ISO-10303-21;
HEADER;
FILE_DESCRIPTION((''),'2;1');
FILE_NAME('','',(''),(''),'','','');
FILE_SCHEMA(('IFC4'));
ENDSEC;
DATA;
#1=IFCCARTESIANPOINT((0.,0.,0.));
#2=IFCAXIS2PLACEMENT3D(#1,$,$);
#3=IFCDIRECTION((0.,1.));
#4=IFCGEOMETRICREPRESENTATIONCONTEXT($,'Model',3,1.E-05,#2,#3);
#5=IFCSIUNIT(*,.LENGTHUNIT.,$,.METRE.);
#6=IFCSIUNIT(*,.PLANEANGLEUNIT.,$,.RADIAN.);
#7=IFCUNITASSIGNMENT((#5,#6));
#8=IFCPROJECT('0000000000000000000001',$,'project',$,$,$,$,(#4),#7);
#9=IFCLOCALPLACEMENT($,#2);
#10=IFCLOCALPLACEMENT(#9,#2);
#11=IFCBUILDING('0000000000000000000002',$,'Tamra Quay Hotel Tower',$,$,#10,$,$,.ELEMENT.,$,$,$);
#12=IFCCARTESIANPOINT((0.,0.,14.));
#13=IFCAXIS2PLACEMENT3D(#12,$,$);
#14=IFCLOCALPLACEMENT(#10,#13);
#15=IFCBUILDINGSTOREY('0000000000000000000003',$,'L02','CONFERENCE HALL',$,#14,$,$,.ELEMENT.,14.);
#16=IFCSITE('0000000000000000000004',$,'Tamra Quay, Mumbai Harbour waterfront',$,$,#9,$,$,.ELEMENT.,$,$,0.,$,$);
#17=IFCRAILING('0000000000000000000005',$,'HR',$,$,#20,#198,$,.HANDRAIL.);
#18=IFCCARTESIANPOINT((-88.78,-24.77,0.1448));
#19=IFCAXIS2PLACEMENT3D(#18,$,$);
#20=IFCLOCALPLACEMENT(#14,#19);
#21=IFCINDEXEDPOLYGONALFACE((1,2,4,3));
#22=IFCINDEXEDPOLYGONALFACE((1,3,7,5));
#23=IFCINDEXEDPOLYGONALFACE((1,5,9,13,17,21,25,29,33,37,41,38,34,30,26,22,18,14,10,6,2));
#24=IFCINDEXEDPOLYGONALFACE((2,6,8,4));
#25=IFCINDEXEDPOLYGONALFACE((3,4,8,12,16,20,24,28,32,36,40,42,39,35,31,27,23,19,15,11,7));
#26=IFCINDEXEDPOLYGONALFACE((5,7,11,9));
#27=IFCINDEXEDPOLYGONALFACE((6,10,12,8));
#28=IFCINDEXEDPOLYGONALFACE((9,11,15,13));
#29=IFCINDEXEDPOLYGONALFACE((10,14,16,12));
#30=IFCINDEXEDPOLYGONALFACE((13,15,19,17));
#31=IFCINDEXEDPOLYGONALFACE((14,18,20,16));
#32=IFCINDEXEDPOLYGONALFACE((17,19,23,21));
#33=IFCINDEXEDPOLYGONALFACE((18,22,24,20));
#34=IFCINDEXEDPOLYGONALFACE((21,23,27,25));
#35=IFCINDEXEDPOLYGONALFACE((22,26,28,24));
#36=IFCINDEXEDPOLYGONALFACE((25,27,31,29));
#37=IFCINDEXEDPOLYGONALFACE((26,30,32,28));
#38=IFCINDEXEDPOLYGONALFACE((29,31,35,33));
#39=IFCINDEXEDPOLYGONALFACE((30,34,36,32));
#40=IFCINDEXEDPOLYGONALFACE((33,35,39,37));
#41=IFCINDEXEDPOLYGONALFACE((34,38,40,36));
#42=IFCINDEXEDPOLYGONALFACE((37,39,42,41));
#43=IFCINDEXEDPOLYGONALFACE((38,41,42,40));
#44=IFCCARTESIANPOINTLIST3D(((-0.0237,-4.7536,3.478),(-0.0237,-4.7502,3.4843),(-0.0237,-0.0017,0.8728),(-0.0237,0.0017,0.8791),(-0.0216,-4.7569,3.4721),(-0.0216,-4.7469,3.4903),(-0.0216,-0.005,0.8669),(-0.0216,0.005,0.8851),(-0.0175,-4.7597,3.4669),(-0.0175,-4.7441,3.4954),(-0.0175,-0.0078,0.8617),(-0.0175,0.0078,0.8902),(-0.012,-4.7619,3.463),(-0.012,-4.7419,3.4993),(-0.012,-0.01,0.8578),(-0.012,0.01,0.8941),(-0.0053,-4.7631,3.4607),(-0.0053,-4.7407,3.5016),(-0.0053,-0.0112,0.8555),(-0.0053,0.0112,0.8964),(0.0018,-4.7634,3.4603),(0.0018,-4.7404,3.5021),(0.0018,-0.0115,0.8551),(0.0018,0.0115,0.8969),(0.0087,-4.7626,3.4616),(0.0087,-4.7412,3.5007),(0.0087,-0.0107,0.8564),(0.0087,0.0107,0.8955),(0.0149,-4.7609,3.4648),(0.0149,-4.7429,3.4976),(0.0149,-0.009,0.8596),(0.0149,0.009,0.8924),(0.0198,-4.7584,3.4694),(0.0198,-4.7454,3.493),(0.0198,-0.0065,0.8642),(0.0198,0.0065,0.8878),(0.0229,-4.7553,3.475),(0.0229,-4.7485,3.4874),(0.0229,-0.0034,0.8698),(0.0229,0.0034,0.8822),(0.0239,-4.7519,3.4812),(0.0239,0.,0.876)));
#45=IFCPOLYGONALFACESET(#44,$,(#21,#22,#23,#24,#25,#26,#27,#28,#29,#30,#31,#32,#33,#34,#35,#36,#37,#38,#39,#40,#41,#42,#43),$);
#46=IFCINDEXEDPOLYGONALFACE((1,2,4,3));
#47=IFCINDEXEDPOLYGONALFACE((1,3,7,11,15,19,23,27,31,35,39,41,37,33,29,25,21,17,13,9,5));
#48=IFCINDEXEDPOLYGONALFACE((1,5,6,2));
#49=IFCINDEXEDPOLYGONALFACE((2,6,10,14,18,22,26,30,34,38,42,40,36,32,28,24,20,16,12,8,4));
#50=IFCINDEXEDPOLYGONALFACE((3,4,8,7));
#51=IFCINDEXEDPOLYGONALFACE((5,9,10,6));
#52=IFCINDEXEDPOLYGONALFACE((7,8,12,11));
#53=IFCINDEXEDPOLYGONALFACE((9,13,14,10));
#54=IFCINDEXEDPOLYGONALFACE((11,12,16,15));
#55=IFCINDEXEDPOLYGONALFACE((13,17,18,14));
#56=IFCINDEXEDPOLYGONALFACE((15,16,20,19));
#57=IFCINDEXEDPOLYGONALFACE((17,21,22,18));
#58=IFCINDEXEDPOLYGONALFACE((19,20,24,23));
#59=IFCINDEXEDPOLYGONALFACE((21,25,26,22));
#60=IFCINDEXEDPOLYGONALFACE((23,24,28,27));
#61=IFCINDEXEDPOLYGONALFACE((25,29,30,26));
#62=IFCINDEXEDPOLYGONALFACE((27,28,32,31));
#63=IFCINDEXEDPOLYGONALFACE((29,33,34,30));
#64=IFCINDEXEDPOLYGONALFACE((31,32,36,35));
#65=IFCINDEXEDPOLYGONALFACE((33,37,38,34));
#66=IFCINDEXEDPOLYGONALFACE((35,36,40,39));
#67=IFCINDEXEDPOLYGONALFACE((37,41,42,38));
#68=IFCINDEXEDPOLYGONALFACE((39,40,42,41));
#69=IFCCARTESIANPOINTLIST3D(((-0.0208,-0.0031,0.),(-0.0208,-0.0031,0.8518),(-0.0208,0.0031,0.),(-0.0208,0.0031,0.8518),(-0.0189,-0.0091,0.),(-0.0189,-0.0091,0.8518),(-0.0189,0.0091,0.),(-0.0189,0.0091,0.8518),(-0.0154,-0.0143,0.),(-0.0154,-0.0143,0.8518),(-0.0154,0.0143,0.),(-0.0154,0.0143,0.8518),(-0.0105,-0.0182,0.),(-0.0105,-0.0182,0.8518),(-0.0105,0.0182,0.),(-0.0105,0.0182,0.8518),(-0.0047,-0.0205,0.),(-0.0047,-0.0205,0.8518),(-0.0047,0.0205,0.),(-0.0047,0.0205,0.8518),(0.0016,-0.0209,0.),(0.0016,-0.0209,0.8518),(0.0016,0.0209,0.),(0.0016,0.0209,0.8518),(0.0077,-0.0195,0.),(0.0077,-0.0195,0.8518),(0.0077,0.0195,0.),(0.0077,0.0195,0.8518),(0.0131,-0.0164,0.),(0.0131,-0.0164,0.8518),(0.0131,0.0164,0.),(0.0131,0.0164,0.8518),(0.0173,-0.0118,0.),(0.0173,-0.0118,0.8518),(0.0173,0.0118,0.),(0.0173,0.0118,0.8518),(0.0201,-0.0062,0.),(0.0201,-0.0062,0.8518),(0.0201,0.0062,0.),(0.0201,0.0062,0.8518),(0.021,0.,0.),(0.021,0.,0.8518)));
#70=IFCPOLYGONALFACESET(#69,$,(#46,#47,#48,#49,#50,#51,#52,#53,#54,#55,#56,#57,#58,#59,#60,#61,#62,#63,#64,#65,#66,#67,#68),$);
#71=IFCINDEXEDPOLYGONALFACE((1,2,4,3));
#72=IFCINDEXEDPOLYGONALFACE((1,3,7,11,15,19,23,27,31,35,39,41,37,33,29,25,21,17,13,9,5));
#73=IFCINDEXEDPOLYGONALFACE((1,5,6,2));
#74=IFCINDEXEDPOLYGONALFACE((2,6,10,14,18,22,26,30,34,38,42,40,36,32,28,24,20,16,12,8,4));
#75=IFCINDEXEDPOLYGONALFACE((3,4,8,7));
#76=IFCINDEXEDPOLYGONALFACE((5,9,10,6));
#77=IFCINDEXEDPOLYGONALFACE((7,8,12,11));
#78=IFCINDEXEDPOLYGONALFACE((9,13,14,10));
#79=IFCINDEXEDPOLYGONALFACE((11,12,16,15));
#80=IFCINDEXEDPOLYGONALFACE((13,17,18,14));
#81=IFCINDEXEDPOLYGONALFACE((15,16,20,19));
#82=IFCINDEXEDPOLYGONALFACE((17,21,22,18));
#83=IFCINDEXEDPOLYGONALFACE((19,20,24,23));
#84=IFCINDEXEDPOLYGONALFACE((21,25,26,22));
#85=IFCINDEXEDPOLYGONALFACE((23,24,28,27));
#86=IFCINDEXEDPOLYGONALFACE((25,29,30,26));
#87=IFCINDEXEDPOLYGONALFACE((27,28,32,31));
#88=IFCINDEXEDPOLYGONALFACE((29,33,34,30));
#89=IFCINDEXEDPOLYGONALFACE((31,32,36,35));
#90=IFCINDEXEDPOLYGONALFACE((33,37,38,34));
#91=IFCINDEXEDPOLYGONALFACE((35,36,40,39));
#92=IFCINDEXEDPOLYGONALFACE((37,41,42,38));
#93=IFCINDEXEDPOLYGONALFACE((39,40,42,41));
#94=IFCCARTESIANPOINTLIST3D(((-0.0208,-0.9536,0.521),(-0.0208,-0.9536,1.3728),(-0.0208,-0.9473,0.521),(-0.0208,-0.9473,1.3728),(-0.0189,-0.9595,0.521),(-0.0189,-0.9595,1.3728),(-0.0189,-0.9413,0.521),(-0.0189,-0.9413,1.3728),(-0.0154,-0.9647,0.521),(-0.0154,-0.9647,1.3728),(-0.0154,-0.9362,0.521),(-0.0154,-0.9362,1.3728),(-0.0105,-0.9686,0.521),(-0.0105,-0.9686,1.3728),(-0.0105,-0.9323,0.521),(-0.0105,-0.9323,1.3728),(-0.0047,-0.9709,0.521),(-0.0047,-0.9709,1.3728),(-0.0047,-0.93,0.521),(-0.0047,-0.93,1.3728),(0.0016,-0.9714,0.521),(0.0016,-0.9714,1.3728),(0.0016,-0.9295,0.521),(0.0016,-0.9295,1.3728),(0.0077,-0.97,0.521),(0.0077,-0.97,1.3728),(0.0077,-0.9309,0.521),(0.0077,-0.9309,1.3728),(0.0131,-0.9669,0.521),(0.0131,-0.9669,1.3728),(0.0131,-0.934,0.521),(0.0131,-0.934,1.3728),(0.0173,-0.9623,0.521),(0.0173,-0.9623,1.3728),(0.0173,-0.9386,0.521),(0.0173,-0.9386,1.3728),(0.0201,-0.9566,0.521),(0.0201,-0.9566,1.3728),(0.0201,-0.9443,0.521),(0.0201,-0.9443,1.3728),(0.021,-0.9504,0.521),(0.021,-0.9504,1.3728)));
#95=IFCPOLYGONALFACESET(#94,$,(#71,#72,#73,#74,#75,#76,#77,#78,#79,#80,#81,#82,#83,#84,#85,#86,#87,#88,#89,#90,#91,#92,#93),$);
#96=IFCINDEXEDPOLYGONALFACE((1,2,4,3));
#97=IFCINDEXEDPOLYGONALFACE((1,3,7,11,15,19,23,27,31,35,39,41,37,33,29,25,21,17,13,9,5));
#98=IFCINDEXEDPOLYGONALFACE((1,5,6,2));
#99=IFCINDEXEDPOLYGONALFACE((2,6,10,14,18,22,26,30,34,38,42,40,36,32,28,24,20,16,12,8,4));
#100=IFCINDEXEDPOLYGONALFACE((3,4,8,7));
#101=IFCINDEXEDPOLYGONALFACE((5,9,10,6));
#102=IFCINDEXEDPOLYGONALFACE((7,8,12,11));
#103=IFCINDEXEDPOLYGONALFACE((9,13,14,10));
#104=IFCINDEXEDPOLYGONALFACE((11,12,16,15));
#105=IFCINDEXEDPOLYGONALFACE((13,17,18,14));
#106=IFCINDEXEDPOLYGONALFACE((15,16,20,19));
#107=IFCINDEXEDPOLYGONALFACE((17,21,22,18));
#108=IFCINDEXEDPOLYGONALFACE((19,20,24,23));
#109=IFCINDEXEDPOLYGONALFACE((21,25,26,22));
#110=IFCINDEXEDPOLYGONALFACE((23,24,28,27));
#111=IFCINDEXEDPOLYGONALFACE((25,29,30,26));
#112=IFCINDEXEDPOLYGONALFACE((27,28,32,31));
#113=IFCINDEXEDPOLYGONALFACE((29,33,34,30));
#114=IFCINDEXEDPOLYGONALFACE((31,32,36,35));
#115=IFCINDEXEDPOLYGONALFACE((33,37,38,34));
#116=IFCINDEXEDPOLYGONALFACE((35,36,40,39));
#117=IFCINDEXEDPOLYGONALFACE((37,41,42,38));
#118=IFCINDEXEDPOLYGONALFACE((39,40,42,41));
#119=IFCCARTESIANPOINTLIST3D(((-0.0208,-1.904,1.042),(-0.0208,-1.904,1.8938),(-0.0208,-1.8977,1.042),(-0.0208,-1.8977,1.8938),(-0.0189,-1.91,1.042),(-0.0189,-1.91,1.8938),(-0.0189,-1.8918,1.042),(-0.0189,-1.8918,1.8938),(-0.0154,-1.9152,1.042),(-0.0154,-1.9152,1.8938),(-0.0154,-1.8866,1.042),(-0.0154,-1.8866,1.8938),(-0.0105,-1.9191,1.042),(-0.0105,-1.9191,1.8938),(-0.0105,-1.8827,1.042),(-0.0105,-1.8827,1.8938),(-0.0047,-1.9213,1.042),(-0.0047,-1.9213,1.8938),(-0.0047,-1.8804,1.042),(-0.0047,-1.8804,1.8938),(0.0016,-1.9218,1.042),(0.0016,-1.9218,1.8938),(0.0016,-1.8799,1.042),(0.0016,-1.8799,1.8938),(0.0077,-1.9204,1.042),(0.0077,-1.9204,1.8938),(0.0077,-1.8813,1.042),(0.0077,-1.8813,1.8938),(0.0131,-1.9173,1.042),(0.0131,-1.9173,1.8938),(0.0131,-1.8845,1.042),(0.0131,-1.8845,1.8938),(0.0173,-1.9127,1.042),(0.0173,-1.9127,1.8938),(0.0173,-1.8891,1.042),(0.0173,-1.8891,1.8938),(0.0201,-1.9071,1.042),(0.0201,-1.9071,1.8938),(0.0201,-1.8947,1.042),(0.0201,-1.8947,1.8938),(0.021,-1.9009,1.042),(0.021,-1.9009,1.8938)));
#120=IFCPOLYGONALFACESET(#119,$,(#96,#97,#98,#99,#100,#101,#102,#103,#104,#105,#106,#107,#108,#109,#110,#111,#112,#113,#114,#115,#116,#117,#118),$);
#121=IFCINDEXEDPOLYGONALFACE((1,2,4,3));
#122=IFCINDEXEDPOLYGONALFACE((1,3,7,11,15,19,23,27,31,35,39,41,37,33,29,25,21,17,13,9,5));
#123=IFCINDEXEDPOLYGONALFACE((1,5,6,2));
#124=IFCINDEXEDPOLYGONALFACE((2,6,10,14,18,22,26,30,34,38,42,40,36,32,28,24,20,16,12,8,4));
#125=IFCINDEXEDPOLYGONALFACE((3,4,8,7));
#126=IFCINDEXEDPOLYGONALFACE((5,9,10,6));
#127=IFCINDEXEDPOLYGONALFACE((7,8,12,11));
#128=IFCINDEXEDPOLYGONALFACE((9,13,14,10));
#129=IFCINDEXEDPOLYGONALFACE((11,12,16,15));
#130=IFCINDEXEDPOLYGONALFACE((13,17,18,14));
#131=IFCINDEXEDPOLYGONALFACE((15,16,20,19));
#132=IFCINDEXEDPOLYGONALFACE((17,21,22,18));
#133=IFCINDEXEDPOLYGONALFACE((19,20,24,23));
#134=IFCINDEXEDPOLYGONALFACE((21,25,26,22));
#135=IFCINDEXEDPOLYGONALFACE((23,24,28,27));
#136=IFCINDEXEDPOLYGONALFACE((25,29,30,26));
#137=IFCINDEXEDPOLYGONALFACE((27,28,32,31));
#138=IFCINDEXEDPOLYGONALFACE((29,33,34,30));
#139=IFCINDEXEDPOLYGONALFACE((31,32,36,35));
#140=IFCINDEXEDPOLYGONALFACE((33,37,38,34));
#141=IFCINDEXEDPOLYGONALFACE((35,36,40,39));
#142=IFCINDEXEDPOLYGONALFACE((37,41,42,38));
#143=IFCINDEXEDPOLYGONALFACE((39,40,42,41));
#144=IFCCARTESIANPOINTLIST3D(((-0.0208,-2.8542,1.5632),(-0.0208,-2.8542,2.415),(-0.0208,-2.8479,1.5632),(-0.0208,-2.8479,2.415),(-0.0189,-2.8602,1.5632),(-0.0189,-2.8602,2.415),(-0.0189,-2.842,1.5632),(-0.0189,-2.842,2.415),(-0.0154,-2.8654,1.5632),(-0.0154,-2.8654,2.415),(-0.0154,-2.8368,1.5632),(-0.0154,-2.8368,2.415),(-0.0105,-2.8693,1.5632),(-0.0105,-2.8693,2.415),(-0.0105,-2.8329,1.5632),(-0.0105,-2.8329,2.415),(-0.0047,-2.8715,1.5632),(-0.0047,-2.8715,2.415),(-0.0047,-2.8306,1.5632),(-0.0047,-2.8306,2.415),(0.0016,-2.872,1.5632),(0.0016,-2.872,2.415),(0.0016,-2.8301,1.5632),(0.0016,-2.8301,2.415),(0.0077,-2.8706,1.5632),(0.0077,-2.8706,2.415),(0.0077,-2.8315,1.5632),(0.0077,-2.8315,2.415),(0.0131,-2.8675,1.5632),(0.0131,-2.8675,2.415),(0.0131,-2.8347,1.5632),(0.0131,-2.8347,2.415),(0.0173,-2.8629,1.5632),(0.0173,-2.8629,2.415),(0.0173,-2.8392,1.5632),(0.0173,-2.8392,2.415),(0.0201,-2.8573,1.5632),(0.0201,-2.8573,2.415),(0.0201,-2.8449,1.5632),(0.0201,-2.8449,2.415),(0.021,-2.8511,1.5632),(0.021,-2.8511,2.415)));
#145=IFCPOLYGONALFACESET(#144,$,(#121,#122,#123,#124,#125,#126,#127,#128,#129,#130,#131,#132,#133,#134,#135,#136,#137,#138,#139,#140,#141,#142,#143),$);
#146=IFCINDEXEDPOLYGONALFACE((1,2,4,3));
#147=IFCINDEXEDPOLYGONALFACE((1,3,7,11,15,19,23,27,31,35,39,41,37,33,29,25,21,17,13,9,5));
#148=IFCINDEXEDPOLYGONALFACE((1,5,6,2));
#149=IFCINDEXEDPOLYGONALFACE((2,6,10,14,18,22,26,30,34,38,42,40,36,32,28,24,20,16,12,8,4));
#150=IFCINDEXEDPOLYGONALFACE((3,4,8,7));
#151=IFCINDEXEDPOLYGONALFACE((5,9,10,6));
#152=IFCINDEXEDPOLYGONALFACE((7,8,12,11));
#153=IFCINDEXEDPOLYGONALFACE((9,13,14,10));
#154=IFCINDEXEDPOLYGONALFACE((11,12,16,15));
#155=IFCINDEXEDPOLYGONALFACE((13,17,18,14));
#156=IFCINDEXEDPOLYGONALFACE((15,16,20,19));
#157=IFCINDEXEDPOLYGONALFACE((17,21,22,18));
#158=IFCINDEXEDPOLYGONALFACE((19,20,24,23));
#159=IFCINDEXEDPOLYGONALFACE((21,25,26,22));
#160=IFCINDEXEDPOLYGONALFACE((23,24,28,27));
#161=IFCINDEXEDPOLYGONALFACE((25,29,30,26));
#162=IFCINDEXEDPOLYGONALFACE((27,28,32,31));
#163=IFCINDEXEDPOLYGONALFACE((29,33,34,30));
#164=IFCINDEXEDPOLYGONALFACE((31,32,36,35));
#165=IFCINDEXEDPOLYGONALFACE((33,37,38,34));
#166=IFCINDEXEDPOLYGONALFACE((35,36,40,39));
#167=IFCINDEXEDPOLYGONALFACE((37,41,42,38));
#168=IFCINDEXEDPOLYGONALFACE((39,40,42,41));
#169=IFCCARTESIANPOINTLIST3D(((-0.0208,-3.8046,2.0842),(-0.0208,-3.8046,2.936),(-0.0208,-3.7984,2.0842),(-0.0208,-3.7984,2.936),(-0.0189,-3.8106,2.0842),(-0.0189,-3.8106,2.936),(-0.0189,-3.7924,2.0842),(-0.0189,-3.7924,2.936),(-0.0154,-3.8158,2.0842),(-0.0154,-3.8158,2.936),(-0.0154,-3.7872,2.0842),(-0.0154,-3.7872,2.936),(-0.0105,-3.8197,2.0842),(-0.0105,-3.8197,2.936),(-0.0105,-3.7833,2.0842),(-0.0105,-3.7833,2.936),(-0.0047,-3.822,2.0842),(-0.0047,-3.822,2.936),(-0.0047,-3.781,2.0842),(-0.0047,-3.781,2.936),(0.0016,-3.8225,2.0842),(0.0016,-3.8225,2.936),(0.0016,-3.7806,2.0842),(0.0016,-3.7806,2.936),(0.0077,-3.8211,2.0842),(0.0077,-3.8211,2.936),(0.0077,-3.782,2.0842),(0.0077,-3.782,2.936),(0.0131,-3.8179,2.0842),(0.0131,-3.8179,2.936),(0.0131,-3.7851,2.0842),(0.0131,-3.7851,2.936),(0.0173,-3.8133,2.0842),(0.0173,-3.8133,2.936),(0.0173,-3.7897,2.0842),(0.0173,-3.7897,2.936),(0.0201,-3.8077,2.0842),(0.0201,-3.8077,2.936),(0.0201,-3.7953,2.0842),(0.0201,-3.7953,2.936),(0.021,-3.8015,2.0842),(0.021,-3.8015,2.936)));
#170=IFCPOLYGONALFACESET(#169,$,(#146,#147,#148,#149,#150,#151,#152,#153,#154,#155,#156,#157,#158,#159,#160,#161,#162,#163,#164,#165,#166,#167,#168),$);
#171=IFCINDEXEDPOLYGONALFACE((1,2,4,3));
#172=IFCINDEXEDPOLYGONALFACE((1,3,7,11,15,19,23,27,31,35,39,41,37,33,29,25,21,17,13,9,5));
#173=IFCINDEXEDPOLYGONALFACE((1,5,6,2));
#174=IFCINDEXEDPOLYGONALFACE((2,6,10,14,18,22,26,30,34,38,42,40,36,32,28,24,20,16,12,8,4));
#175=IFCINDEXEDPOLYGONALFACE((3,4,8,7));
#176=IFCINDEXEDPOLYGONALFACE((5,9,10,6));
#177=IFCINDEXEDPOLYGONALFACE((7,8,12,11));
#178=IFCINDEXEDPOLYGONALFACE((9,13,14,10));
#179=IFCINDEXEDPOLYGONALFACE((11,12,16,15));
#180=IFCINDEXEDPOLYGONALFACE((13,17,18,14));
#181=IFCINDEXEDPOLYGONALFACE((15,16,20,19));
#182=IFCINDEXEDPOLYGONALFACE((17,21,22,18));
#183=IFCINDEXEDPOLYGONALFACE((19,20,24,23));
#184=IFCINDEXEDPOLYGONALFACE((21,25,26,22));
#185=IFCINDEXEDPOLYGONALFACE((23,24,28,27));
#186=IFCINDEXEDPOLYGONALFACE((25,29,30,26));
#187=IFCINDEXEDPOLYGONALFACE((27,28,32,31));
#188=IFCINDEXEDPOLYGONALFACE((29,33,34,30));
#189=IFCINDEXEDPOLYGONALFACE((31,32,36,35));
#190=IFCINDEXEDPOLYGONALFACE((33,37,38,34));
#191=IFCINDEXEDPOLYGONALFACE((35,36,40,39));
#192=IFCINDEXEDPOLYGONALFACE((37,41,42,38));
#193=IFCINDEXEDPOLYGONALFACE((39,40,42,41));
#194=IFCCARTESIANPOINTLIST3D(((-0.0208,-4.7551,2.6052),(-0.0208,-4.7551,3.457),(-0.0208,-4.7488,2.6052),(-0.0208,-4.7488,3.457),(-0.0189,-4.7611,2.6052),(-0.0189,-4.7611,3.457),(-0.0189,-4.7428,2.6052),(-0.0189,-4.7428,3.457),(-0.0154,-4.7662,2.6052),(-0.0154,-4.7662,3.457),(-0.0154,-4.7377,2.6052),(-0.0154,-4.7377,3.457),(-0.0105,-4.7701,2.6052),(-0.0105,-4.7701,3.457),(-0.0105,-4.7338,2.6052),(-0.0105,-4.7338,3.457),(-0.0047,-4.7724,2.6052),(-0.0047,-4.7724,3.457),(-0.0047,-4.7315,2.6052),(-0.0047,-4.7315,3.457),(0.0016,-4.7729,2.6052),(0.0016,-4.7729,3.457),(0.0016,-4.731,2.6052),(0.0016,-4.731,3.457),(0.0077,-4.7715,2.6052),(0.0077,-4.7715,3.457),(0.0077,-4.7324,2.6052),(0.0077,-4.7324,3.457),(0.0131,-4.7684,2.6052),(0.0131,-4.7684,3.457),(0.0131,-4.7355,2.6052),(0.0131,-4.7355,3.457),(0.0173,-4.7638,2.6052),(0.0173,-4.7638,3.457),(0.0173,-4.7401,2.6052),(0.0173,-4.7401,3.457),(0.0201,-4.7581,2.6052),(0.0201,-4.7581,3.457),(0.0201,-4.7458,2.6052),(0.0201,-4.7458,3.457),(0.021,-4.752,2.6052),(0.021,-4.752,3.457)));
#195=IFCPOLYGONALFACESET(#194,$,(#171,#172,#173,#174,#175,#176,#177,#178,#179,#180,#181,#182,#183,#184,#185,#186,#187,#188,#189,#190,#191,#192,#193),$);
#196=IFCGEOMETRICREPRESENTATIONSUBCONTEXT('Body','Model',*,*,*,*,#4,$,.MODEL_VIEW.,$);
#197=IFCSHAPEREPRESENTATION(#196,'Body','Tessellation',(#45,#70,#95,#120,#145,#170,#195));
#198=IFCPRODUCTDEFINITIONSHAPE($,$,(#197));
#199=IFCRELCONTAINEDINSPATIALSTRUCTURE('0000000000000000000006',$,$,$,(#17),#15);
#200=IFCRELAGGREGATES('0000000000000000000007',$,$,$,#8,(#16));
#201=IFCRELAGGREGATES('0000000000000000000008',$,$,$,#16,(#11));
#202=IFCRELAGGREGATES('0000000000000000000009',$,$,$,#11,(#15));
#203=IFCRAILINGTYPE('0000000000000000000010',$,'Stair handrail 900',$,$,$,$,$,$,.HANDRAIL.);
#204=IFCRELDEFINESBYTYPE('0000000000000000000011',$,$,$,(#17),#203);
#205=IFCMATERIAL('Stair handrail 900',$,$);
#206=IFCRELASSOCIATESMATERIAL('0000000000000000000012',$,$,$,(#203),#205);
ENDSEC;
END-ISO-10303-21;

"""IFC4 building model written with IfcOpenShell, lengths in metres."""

from ifc_helpers import new_model, si_unit, direction, frame, origin, origin_2d, place, context, subcontext, project, spatial, circle, extrude, material, type_object, element, save


model = new_model("IFC4")

# Units and contexts
model_context = context("Model", 3, precision=1e-05, world=origin(), true_north=direction((0.0, 1.0)))
body_context = subcontext(model_context, "Body", "Model", "MODEL_VIEW")
ifc_project = project(units=[si_unit("LENGTHUNIT", "METRE"), si_unit("PLANEANGLEUNIT", "RADIAN")], contexts=[model_context])

# Site, building, storey
site_placement = place(None, origin())
site = spatial("IfcSite", under=ifc_project, at=site_placement, Name="Tamra Quay, Mumbai Harbour waterfront", CompositionType="ELEMENT", RefElevation=0.0)
building_placement = place(site_placement, origin())
building = spatial("IfcBuilding", under=site, at=building_placement, Name="Tamra Quay Hotel Tower", CompositionType="ELEMENT")
storey_placement = place(building_placement, frame((0.0, 0.0, 14.0)))
storey = spatial("IfcBuildingStorey", under=building, at=storey_placement, Name="L02", Description="CONFERENCE HALL", CompositionType="ELEMENT", Elevation=14.0)

# Railing
ifc_material_1 = material(Name="Stair handrail 900")
railing_type_1 = type_object("IfcRailingType", Name="Stair handrail 900", PredefinedType="HANDRAIL", material=ifc_material_1)
railing_1_placement = place(storey_placement, frame((-88.78, -24.77, 0.1448)))
element("IfcRailing", 1, at=railing_1_placement, inside=storey, type_object=railing_type_1, Name="HR", PredefinedType="HANDRAIL", context=body_context, shape_type="SweptSolid", body=[
    extrude(circle(Radius=0.0239, at=origin_2d()), frame((0.0, 0.0, 0.876), z_axis=(0.0, -0.876866, 0.480735), x_axis=(1.0, 0.0, 0.0)), (0.0, 0.0, 1.0), 5.4192),
    extrude(circle(Radius=0.021, at=origin_2d()), origin(), (0.0, 0.0, 1.0), 0.8518),
    extrude(circle(Radius=0.021, at=origin_2d()), frame((0.0, -0.9504, 0.521)), (0.0, 0.0, 1.0), 0.8518),
    extrude(circle(Radius=0.021, at=origin_2d()), frame((0.0, -1.9009, 1.042)), (0.0, 0.0, 1.0), 0.8518),
    extrude(circle(Radius=0.021, at=origin_2d()), frame((0.0, -2.8511, 1.5632)), (0.0, 0.0, 1.0), 0.8518),
    extrude(circle(Radius=0.021, at=origin_2d()), frame((0.0, -3.8015, 2.0842)), (0.0, 0.0, 1.0), 0.8518),
    extrude(circle(Radius=0.021, at=origin_2d()), frame((0.0, -4.752, 2.6052)), (0.0, 0.0, 1.0), 0.8518),
])

save(model, "model.ifc")
